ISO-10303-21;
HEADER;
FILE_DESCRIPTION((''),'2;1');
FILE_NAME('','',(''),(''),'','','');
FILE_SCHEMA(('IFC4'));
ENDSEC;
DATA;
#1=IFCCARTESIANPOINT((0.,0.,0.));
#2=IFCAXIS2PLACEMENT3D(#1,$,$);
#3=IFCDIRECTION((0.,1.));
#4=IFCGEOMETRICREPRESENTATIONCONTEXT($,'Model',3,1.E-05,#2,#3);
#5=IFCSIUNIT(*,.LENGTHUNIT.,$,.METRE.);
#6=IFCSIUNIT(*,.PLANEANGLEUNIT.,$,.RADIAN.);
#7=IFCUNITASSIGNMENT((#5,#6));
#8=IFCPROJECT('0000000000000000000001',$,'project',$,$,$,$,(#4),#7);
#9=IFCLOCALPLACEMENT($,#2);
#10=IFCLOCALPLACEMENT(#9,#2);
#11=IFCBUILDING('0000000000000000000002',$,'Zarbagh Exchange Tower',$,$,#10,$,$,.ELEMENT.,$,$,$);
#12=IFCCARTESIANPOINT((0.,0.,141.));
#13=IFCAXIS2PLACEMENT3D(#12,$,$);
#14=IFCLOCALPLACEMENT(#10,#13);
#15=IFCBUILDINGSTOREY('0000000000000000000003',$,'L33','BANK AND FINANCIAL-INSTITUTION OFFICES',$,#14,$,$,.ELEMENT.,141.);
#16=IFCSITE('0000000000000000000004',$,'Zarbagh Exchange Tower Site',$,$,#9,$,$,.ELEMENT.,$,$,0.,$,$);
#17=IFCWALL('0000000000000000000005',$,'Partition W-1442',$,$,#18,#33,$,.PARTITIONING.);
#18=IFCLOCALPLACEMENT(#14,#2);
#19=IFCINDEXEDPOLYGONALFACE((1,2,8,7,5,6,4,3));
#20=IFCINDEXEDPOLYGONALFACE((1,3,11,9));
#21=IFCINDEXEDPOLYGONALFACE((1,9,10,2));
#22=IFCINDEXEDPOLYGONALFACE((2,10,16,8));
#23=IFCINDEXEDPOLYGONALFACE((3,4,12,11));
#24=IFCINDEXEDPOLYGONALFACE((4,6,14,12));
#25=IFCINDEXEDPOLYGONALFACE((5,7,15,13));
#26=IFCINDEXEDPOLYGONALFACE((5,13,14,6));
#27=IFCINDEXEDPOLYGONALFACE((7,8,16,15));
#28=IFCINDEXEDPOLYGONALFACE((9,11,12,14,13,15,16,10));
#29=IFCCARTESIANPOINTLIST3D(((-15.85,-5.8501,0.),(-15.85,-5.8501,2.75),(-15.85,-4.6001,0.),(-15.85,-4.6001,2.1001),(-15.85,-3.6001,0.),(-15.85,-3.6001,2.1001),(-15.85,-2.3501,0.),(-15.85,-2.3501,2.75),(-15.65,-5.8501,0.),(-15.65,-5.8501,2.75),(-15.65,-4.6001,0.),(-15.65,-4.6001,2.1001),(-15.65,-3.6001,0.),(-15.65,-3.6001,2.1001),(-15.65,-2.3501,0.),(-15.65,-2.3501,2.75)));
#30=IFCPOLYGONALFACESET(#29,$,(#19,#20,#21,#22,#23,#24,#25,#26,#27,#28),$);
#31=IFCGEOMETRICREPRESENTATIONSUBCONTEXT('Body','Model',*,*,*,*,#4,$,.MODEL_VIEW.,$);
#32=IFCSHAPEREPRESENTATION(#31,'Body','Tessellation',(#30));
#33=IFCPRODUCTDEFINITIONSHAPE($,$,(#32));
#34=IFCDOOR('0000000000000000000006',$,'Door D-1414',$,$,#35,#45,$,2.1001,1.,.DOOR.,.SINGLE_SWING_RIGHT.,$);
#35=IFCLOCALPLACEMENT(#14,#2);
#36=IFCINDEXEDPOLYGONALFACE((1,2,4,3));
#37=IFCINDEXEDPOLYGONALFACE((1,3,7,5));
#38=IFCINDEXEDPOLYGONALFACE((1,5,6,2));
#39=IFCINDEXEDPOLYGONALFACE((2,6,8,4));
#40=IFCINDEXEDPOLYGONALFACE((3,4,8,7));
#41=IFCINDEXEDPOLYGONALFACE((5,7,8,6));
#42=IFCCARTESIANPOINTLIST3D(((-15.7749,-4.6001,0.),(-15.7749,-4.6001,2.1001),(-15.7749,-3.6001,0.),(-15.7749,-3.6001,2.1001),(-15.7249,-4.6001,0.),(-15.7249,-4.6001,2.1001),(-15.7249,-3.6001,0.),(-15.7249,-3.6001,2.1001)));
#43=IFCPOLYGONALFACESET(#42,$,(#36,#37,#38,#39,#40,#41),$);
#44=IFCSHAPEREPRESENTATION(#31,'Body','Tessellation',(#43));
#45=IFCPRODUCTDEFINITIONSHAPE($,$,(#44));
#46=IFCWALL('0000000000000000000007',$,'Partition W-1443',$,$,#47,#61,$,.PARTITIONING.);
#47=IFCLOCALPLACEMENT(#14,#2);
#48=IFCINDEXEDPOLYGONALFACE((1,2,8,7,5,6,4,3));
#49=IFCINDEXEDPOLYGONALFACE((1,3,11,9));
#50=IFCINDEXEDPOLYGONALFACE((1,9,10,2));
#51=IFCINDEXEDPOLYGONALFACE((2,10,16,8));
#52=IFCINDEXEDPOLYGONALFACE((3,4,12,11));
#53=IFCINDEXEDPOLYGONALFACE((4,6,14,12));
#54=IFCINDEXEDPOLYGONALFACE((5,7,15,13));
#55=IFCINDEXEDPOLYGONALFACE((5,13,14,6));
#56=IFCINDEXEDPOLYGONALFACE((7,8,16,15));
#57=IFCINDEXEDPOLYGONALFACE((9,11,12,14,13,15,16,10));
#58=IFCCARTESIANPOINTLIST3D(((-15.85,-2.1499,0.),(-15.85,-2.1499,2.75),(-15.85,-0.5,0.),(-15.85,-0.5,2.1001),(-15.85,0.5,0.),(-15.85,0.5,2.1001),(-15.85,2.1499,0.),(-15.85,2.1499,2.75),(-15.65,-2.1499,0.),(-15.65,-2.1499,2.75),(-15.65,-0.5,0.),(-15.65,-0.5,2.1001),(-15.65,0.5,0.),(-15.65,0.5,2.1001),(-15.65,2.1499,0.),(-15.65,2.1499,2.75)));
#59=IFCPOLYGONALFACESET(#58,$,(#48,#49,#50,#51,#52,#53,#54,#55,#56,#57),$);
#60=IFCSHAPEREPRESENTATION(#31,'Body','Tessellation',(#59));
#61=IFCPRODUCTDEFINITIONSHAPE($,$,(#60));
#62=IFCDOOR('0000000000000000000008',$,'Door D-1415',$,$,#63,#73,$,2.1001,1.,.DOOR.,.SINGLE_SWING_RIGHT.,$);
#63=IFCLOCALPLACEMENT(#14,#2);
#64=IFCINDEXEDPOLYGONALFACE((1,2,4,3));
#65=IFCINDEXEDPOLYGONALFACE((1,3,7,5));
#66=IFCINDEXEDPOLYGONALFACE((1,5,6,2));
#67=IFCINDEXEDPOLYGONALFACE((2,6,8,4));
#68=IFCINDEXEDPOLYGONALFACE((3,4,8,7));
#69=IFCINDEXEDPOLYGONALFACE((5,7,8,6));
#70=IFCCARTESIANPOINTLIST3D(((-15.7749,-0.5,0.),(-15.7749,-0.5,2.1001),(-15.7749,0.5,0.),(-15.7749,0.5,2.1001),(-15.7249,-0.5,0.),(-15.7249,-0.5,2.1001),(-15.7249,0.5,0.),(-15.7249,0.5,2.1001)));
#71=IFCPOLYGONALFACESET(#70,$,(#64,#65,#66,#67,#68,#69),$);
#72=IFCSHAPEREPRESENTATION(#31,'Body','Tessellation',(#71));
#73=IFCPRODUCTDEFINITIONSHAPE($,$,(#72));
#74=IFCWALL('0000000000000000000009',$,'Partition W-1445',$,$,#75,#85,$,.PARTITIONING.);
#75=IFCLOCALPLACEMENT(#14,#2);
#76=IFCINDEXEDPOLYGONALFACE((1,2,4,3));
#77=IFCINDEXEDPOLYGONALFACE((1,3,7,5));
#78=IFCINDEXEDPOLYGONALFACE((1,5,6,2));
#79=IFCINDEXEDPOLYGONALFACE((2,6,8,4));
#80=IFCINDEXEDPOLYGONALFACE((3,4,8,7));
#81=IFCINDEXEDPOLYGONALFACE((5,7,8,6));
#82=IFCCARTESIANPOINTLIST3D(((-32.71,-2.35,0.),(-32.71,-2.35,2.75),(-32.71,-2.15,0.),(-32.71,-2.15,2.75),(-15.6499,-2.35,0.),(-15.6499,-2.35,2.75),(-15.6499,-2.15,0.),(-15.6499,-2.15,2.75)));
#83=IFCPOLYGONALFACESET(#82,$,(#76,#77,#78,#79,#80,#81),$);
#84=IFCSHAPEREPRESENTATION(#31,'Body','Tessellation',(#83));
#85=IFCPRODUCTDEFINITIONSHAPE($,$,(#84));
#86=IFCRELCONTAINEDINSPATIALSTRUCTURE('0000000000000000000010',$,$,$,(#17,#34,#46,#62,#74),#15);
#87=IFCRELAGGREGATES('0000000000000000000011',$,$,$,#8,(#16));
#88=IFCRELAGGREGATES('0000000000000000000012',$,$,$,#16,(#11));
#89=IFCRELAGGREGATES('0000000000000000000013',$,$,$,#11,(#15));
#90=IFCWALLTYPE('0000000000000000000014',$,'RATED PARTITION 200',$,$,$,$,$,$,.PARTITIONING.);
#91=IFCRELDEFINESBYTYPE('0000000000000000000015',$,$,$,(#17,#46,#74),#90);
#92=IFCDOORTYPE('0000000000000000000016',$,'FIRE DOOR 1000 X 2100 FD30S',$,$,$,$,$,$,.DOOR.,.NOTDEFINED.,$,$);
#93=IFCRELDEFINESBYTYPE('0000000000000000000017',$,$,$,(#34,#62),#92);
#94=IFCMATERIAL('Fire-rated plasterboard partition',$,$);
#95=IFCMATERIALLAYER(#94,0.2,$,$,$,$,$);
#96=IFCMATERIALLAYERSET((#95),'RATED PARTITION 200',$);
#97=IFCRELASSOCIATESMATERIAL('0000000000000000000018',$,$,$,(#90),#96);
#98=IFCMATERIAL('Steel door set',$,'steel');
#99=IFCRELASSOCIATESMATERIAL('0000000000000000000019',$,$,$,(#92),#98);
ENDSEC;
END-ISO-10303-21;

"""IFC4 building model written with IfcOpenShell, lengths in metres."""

from ifc_helpers import new_model, si_unit, direction, frame, frame_2d, origin, place, context, subcontext, project, spatial, rectangle, extrude, material, layer, layer_set, type_object, element, fill, save


model = new_model("IFC4")

# Units and contexts
model_context = context("Model", 3, precision=1e-05, world=origin(), true_north=direction((0.0, 1.0)))
body_context = subcontext(model_context, "Body", "Model", "MODEL_VIEW")
ifc_project = project(units=[si_unit("LENGTHUNIT", "METRE"), si_unit("PLANEANGLEUNIT", "RADIAN")], contexts=[model_context])

# Site, building, storey
site_placement = place(None, origin())
site = spatial("IfcSite", under=ifc_project, at=site_placement, Name="Zarbagh Exchange Tower Site", CompositionType="ELEMENT", RefElevation=0.0)
building_placement = place(site_placement, origin())
building = spatial("IfcBuilding", under=site, at=building_placement, Name="Zarbagh Exchange Tower", CompositionType="ELEMENT")
storey_placement = place(building_placement, frame((0.0, 0.0, 141.0)))
storey = spatial("IfcBuildingStorey", under=building, at=storey_placement, Name="L33", Description="BANK AND FINANCIAL-INSTITUTION OFFICES", CompositionType="ELEMENT", Elevation=141.0)

# Walls, openings, doors
ifc_material_1 = material(Name="Fire-rated plasterboard partition")
ifc_layer = layer(ifc_material_1, 0.2)
ifc_layer_set = layer_set([ifc_layer], Name="RATED PARTITION 200")
wall_type = type_object("IfcWallType", Name="RATED PARTITION 200", PredefinedType="PARTITIONING", material=ifc_layer_set)
ifc_material_2 = material(Name="Steel door set", Category="steel")
door_type = type_object("IfcDoorType", Name="FIRE DOOR 1000 X 2100 FD30S", OperationType="NOTDEFINED", PredefinedType="DOOR", material=ifc_material_2)
wall_1_placement = place(storey_placement, frame((-15.75, -5.8501, 0.0), z_axis=(0.0, 0.0, 1.0), x_axis=(0.0, 1.0, 0.0)))
wall_1 = element("IfcWall", 1, at=wall_1_placement, inside=storey, type_object=wall_type, Name="Partition W-1442", PredefinedType="PARTITIONING", context=body_context, shape_type="SweptSolid", body=[
    extrude(rectangle(XDim=3.5, YDim=0.2, at=frame_2d((1.75, 0.0))), origin(), (0.0, 0.0, 1.0), 2.75),
])
opening_1_placement = place(wall_1_placement, frame((1.25, 0.0, 0.0)))
opening_1 = element("IfcOpeningElement", 2, at=opening_1_placement, cuts=wall_1, PredefinedType="OPENING", context=body_context, shape_type="SweptSolid", body=[
    extrude(rectangle(XDim=1.0, YDim=2.1001, at=frame_2d((0.5, 1.05))), frame((0.0, 0.1099, 0.0), z_axis=(0.0, -1.0, 0.0), x_axis=(1.0, 0.0, 0.0)), (0.0, 0.0, 1.0), 0.22),
])
door_1_placement = place(opening_1_placement, origin())
door_1 = element("IfcDoor", 3, at=door_1_placement, inside=storey, type_object=door_type, Name="Door D-1414", OperationType="SINGLE_SWING_RIGHT", OverallHeight=2.1001, OverallWidth=1.0, PredefinedType="DOOR", context=body_context, shape_type="SweptSolid", body=[
    extrude(rectangle(XDim=1.0, YDim=2.1001, at=frame_2d((0.5, 1.05))), frame((0.0, 0.0249, 0.0), z_axis=(0.0, -1.0, 0.0), x_axis=(1.0, 0.0, 0.0)), (0.0, 0.0, 1.0), 0.05),
])
fill(opening_1, door_1)
wall_2_placement = place(storey_placement, frame((-15.75, -2.1499, 0.0), z_axis=(0.0, 0.0, 1.0), x_axis=(0.0, 1.0, 0.0)))
wall_2 = element("IfcWall", 4, at=wall_2_placement, inside=storey, type_object=wall_type, Name="Partition W-1443", PredefinedType="PARTITIONING", context=body_context, shape_type="SweptSolid", body=[
    extrude(rectangle(XDim=4.2998, YDim=0.2, at=frame_2d((2.1499, 0.0))), origin(), (0.0, 0.0, 1.0), 2.75),
])
opening_2_placement = place(wall_2_placement, frame((1.6499, 0.0, 0.0)))
opening_2 = element("IfcOpeningElement", 5, at=opening_2_placement, cuts=wall_2, PredefinedType="OPENING", context=body_context, shape_type="SweptSolid", body=[
    extrude(rectangle(XDim=1.0, YDim=2.1001, at=frame_2d((0.5, 1.05))), frame((0.0, 0.1099, 0.0), z_axis=(0.0, -1.0, 0.0), x_axis=(1.0, 0.0, 0.0)), (0.0, 0.0, 1.0), 0.22),
])
door_2_placement = place(opening_2_placement, origin())
door_2 = element("IfcDoor", 6, at=door_2_placement, inside=storey, type_object=door_type, Name="Door D-1415", OperationType="SINGLE_SWING_RIGHT", OverallHeight=2.1001, OverallWidth=1.0, PredefinedType="DOOR", context=body_context, shape_type="SweptSolid", body=[
    extrude(rectangle(XDim=1.0, YDim=2.1001, at=frame_2d((0.5, 1.05))), frame((0.0, 0.0249, 0.0), z_axis=(0.0, -1.0, 0.0), x_axis=(1.0, 0.0, 0.0)), (0.0, 0.0, 1.0), 0.05),
])
fill(opening_2, door_2)

# Wall
wall_3_placement = place(storey_placement, frame((-32.71, -2.25, 0.0), z_axis=(0.0, 0.0, 1.0), x_axis=(1.0, 0.0, 0.0)))
element("IfcWall", 7, at=wall_3_placement, inside=storey, type_object=wall_type, Name="Partition W-1445", PredefinedType="PARTITIONING", context=body_context, shape_type="SweptSolid", body=[
    extrude(rectangle(XDim=17.0601, YDim=0.2, at=frame_2d((8.53, 0.0))), origin(), (0.0, 0.0, 1.0), 2.75),
])

save(model, "model.ifc")
